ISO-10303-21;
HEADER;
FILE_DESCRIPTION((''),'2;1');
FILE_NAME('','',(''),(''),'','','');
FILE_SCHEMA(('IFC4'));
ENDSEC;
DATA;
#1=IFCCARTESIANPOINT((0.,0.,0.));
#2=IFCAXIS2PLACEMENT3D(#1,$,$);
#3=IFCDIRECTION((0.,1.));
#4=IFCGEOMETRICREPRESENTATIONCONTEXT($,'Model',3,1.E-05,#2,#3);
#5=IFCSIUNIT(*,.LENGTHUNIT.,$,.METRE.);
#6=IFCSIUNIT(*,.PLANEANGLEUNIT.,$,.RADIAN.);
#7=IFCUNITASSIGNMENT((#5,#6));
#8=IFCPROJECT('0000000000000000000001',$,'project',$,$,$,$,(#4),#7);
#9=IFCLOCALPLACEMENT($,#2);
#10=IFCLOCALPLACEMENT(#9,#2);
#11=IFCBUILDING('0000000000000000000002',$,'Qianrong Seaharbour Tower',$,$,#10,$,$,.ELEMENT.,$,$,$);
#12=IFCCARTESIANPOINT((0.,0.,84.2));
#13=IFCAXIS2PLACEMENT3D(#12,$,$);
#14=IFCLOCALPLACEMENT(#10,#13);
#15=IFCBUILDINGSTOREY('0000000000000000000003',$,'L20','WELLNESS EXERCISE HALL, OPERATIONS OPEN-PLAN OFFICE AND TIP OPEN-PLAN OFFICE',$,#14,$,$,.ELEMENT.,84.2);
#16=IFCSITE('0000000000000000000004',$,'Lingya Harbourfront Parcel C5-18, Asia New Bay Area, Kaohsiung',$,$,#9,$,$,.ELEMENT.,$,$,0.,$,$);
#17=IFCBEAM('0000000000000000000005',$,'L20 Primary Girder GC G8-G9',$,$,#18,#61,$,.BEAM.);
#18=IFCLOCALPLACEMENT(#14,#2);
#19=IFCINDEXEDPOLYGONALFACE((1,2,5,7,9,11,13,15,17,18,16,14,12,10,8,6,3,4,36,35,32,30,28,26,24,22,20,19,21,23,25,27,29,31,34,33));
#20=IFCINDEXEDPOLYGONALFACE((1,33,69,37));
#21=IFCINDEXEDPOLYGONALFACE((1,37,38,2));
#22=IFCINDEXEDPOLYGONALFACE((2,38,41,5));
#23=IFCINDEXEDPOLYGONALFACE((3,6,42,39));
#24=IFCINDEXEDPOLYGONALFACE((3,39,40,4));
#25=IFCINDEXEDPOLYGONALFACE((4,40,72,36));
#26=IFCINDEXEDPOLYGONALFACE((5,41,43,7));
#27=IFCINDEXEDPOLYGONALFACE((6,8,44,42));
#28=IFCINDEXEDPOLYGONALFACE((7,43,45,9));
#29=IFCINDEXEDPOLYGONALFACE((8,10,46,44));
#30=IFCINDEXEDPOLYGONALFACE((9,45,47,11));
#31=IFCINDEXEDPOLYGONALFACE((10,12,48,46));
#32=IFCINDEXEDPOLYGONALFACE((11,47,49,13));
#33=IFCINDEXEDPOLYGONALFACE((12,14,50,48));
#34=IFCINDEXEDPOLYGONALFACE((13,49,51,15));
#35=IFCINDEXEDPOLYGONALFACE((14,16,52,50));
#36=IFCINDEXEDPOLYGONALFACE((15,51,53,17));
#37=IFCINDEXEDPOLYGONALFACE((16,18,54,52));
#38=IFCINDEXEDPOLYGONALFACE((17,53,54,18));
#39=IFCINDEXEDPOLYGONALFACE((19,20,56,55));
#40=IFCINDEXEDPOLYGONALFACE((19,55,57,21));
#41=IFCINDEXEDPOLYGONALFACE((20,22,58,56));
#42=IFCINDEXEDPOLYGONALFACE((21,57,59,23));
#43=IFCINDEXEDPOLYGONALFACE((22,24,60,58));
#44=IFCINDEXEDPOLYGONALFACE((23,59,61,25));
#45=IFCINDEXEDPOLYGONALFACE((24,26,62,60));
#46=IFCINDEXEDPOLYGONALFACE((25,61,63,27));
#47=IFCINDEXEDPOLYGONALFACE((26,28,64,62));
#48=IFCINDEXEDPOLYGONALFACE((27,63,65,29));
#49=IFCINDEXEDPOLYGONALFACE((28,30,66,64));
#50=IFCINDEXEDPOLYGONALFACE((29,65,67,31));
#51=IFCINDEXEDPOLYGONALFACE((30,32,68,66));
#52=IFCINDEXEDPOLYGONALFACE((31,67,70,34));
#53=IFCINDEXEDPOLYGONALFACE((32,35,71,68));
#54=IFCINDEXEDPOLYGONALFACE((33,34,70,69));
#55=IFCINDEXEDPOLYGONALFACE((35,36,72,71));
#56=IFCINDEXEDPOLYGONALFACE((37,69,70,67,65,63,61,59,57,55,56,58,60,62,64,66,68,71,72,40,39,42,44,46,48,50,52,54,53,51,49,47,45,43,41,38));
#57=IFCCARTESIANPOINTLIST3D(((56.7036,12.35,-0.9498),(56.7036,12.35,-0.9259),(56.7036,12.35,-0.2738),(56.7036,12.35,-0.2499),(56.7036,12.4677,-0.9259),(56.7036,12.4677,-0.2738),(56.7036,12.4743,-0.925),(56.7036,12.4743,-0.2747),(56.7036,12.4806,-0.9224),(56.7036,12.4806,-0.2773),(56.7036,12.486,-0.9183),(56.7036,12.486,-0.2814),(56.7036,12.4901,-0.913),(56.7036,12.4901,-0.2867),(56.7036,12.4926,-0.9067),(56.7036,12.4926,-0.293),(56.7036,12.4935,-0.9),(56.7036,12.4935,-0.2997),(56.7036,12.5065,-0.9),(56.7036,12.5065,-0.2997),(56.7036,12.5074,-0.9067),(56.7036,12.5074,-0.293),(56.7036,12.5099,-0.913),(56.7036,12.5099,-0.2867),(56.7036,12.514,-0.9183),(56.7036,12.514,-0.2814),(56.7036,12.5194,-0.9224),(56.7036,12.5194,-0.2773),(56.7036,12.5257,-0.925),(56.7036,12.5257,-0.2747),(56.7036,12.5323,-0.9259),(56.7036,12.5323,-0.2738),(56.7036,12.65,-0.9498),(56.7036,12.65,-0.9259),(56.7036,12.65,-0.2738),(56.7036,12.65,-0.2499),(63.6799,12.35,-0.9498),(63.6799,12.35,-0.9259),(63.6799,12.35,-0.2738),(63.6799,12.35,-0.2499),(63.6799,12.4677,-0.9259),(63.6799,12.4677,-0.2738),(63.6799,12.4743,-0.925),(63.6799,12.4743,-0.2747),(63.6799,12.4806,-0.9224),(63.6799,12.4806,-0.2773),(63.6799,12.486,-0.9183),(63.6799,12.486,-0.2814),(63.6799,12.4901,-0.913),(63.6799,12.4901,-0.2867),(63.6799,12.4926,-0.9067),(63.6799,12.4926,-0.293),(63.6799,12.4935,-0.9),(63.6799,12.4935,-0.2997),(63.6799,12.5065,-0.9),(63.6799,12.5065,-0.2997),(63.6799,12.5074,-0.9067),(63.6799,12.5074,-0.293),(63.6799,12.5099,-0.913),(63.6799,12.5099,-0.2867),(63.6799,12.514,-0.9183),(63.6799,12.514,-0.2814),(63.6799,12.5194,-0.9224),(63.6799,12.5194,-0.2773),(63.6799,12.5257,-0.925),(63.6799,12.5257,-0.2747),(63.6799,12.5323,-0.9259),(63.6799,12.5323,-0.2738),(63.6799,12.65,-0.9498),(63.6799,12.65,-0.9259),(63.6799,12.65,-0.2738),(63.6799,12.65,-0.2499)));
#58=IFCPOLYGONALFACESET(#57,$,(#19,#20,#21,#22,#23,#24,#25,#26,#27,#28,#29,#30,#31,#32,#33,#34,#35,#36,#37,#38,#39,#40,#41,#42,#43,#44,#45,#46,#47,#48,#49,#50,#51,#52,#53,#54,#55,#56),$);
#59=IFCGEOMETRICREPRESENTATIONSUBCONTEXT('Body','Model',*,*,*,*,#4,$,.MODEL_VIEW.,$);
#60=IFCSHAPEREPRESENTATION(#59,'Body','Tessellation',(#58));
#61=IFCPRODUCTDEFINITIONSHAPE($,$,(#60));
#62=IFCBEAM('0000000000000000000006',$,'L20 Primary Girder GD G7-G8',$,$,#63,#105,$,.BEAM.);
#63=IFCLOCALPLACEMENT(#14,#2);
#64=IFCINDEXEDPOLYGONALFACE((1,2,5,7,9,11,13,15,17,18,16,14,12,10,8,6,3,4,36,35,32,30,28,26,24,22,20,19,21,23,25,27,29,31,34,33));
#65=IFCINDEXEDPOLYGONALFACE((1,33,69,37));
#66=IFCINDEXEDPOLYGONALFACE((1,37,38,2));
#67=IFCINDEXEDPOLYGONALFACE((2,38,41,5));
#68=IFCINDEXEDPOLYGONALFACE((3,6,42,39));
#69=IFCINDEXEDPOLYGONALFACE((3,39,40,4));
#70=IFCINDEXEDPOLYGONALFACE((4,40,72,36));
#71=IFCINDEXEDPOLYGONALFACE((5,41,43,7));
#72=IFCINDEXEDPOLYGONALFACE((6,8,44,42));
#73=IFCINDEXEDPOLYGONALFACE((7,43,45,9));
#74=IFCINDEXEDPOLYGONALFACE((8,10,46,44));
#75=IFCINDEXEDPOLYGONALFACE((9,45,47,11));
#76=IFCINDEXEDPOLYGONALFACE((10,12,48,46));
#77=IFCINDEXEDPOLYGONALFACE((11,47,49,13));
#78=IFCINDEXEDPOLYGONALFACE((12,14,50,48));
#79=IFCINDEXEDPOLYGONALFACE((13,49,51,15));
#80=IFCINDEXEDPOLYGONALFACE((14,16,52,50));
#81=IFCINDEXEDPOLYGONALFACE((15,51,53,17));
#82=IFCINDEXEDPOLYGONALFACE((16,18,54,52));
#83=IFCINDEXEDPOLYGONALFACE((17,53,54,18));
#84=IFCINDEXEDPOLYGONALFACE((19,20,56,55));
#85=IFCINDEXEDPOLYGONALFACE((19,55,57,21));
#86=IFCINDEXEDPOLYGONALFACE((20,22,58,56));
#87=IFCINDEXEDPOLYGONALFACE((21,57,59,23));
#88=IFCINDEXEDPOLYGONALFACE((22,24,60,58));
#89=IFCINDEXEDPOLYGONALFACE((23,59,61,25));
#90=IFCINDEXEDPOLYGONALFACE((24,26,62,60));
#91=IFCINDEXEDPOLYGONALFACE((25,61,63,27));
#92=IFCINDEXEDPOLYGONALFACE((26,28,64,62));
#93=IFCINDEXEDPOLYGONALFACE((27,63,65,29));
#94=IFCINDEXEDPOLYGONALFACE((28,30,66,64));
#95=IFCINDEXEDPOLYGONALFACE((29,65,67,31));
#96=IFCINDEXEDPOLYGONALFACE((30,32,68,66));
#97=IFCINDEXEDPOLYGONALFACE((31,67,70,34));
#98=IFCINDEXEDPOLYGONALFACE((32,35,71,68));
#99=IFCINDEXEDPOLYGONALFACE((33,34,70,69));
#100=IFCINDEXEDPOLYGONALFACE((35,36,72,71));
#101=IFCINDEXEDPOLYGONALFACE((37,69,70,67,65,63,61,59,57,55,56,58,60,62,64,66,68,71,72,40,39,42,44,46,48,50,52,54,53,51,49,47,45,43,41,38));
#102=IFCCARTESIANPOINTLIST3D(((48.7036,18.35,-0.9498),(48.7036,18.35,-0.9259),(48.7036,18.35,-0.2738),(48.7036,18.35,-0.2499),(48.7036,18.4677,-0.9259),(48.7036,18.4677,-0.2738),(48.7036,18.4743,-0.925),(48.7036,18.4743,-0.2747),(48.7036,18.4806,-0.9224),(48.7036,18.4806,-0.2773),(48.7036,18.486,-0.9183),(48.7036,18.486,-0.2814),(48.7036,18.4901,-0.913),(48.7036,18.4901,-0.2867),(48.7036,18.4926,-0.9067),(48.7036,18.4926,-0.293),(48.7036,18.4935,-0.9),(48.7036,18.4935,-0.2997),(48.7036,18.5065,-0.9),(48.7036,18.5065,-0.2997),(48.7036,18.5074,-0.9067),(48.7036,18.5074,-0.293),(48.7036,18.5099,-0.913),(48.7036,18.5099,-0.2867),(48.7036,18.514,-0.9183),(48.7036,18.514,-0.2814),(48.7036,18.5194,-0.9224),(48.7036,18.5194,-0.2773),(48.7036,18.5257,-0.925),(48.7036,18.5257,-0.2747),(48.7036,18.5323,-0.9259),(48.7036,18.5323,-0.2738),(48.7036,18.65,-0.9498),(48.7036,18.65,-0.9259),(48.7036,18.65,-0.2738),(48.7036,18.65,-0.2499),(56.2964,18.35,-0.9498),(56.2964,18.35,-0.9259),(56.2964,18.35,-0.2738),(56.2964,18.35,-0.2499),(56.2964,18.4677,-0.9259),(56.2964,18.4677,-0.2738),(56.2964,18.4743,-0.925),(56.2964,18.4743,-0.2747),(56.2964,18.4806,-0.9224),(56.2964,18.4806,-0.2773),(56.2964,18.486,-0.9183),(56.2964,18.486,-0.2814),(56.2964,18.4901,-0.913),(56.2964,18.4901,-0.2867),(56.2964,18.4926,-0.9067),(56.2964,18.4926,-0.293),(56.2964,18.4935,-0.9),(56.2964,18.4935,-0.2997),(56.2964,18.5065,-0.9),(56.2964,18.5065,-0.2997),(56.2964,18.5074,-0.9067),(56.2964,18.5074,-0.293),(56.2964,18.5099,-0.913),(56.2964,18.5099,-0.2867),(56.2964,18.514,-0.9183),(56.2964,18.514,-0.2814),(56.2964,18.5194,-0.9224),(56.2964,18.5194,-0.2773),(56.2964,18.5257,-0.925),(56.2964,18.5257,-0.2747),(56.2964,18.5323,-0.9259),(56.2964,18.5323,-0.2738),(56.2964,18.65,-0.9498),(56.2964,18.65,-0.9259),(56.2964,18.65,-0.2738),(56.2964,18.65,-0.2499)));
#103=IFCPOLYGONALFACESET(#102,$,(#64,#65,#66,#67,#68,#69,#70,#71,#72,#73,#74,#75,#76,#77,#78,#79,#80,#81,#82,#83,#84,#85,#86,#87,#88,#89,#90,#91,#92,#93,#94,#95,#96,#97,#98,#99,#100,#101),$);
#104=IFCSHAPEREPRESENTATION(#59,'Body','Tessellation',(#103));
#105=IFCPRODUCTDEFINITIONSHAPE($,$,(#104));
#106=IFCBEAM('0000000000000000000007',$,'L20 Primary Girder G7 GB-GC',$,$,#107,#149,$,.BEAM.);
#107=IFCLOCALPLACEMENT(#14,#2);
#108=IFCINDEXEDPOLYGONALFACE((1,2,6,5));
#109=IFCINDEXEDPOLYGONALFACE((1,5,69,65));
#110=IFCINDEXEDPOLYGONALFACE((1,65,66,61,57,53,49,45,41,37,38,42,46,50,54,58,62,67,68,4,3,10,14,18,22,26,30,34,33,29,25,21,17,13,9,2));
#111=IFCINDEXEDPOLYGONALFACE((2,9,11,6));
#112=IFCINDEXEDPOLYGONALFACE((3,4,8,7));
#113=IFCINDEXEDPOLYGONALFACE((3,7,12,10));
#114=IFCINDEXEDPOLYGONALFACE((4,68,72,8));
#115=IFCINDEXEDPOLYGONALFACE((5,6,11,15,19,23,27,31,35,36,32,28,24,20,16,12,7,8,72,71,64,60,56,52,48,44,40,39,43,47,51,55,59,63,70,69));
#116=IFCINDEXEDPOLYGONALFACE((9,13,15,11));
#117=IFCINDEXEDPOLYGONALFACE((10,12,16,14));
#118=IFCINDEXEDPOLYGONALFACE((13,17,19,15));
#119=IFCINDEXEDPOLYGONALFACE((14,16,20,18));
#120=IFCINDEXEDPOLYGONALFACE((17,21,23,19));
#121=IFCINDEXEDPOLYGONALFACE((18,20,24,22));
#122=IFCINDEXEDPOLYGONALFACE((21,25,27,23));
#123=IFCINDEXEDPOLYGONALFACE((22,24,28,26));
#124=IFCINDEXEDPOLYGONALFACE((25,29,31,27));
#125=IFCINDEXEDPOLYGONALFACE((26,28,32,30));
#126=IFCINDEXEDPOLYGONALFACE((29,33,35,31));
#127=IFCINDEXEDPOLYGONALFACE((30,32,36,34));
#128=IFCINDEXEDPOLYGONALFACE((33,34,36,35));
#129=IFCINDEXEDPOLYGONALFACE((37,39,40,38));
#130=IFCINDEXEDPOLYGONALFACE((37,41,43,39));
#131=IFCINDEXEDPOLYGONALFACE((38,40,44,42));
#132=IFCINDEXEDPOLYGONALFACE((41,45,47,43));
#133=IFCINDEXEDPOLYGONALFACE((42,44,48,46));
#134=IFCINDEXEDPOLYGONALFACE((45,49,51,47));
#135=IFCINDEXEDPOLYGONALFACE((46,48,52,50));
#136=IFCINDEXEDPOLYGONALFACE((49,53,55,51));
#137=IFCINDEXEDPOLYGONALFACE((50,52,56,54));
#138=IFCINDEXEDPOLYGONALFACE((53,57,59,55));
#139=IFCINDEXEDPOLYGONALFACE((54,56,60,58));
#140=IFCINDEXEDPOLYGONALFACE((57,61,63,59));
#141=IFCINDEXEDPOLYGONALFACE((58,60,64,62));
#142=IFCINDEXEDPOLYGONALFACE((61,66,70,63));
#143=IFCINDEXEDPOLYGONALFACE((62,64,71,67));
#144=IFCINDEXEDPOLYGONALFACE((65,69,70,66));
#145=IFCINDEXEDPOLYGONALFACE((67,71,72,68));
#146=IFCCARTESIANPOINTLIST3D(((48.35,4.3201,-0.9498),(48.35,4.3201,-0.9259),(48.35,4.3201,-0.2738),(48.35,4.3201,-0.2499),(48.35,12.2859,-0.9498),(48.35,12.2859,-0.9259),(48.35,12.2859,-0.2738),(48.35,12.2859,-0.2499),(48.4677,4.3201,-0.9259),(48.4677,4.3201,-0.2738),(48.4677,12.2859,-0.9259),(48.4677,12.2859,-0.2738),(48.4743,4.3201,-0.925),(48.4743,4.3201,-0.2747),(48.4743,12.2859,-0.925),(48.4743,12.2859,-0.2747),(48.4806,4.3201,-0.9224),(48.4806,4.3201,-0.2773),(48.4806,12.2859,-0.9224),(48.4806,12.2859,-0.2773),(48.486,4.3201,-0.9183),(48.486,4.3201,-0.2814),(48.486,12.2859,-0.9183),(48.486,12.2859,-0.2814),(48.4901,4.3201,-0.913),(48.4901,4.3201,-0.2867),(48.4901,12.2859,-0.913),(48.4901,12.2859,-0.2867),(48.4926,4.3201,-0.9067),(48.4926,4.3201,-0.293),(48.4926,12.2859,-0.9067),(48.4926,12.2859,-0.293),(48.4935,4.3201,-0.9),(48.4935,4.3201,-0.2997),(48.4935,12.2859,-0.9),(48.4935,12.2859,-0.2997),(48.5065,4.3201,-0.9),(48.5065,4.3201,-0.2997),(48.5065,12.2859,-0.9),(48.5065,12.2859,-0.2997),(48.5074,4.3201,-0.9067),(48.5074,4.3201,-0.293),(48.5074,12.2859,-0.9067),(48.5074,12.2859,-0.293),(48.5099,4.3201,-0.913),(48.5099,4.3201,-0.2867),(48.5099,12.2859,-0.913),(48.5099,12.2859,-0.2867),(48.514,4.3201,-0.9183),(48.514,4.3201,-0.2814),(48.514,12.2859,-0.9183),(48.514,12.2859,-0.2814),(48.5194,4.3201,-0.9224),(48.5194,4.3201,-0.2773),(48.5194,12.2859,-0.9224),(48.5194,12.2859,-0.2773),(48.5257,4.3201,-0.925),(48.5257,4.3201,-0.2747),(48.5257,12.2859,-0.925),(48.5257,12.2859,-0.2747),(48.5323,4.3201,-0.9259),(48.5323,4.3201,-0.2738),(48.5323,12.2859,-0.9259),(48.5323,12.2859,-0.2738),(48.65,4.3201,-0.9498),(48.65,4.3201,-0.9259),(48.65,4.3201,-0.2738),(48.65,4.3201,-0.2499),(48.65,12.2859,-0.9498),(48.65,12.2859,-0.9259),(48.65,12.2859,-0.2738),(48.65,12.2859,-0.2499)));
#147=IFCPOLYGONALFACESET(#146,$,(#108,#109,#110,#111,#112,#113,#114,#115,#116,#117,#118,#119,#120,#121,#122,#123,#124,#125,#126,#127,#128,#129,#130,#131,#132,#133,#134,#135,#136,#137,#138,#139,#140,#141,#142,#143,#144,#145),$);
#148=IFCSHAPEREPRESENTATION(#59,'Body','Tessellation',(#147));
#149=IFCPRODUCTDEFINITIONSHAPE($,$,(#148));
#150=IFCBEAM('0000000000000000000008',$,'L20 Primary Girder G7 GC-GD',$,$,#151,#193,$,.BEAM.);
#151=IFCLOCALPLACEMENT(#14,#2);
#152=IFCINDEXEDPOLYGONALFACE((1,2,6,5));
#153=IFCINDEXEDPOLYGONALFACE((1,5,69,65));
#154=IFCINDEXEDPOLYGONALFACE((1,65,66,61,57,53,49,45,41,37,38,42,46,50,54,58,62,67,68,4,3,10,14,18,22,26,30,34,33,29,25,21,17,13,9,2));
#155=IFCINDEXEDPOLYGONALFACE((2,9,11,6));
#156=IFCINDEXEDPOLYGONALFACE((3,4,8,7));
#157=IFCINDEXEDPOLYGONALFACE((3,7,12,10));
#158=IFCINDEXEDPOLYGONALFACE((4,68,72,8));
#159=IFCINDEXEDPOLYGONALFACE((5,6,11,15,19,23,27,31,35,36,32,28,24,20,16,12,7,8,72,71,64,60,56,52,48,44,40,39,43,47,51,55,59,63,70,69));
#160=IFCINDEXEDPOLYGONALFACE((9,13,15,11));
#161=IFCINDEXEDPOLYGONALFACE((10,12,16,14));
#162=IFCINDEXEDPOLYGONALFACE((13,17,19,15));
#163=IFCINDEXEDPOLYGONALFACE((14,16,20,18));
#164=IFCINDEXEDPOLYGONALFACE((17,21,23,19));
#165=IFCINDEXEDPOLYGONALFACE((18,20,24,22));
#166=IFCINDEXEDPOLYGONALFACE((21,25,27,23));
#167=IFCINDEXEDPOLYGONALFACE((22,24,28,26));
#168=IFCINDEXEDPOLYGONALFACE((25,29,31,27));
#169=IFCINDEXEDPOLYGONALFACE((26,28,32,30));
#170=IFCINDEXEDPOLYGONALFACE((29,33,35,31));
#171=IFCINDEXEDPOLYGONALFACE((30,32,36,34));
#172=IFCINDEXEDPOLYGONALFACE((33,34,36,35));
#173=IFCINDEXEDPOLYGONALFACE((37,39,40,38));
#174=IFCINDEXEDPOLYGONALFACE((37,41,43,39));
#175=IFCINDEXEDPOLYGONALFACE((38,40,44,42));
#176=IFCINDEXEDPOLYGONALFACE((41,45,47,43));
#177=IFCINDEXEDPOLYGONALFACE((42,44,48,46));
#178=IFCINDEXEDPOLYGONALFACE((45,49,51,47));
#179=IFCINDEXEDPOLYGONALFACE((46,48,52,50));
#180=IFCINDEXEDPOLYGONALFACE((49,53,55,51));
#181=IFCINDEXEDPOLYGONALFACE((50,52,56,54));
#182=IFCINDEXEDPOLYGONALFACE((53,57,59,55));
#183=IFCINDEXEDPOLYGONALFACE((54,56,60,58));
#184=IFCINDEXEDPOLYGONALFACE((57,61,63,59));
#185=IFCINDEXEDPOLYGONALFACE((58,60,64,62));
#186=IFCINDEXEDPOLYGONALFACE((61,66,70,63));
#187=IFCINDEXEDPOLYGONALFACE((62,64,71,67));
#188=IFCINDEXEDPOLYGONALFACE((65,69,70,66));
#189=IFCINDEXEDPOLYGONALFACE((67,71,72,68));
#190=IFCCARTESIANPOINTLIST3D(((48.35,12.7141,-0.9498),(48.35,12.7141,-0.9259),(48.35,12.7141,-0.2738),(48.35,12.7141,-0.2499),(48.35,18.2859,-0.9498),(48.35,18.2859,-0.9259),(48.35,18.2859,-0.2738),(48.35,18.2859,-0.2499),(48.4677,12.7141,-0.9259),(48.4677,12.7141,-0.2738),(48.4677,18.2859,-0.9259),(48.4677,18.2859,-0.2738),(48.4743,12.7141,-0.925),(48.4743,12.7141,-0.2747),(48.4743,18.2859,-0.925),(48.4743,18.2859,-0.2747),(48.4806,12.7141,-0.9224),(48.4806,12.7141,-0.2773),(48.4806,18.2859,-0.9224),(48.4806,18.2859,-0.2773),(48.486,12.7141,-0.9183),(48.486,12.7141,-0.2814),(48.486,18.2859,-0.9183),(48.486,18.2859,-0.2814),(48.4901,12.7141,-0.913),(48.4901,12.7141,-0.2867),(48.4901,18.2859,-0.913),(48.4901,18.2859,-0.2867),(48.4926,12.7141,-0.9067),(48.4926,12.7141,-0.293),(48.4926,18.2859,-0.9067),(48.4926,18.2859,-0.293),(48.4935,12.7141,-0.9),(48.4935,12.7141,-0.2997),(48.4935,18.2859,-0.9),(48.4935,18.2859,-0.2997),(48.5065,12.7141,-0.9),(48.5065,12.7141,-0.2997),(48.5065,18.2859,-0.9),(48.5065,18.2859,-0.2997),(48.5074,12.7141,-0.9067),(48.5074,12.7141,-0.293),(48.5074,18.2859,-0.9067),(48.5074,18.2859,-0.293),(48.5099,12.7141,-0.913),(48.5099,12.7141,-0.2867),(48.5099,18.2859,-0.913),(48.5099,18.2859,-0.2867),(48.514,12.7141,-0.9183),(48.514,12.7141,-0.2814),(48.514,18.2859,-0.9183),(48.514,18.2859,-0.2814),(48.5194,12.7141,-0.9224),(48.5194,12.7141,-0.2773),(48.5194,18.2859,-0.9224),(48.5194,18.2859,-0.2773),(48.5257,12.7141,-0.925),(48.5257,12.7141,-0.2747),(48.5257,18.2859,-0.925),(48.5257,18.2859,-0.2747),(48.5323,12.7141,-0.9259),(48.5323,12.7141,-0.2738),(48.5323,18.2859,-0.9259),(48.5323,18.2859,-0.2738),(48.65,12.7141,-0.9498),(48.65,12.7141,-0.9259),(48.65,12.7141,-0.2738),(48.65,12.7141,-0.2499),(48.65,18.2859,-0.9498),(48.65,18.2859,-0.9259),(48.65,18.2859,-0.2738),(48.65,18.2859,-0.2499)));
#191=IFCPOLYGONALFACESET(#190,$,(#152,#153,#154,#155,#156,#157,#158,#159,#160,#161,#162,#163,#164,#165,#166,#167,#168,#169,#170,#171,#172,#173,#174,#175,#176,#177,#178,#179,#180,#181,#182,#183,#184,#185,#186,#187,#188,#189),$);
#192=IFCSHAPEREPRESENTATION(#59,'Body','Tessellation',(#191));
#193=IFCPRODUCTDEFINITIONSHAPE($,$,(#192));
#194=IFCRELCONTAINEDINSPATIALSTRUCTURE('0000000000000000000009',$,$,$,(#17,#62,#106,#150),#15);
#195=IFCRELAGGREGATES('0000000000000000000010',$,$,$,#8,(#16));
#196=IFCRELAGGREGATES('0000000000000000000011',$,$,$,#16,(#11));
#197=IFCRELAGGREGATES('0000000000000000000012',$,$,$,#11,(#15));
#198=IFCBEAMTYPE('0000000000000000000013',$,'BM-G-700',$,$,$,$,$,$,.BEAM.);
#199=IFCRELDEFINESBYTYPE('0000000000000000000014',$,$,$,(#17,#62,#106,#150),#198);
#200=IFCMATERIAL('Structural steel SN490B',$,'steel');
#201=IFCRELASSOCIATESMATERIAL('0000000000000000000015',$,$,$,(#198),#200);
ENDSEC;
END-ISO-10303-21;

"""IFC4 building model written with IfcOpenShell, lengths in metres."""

from ifc_helpers import new_model, si_unit, direction, frame, origin, origin_2d, place, context, subcontext, project, spatial, i_section, extrude, material, material_profile, profile_set, type_object, element, save


model = new_model("IFC4")

# Units and contexts
model_context = context("Model", 3, precision=1e-05, world=origin(), true_north=direction((0.0, 1.0)))
body_context = subcontext(model_context, "Body", "Model", "MODEL_VIEW")
ifc_project = project(units=[si_unit("LENGTHUNIT", "METRE"), si_unit("PLANEANGLEUNIT", "RADIAN")], contexts=[model_context])

# Site, building, storey
site_placement = place(None, origin())
site = spatial("IfcSite", under=ifc_project, at=site_placement, Name="Lingya Harbourfront Parcel C5-18, Asia New Bay Area, Kaohsiung", CompositionType="ELEMENT", RefElevation=0.0)
building_placement = place(site_placement, origin())
building = spatial("IfcBuilding", under=site, at=building_placement, Name="Qianrong Seaharbour Tower", CompositionType="ELEMENT")
storey_placement = place(building_placement, frame((0.0, 0.0, 84.2)))
storey = spatial("IfcBuildingStorey", under=building, at=storey_placement, Name="L20", Description="WELLNESS EXERCISE HALL, OPERATIONS OPEN-PLAN OFFICE AND TIP OPEN-PLAN OFFICE", CompositionType="ELEMENT", Elevation=84.2)

# Shared definitions
ifc_material_1 = material(Name="Structural steel SN490B", Category="steel")

# Beams
ifc_material_profile_1 = material_profile(ifc_material_1, i_section(OverallWidth=0.3, OverallDepth=0.7, WebThickness=0.0129, FlangeThickness=0.0239, FilletRadius=0.0259, at=origin_2d()), Name="H700x300x13x24")
ifc_profile_set_1 = profile_set([ifc_material_profile_1], Name="Structural steel SN490B")
beam_type_1 = type_object("IfcBeamType", Name="BM-G-700", PredefinedType="BEAM", material=ifc_profile_set_1)
beam_1_placement = place(storey_placement, frame((56.7036, 12.5, -0.5999), z_axis=(1.0, 0.0, 0.0), x_axis=(0.0, 1.0, 0.0)))
element("IfcBeam", 1, at=beam_1_placement, inside=storey, type_object=beam_type_1, Name="L20 Primary Girder GC G8-G9", PredefinedType="BEAM", context=body_context, shape_type="SweptSolid", body=[
    extrude(i_section(OverallWidth=0.3, OverallDepth=0.7, WebThickness=0.0129, FlangeThickness=0.0239, FilletRadius=0.0259, at=origin_2d()), origin(), (0.0, 0.0, 1.0), 6.9763),
])
beam_2_placement = place(storey_placement, frame((48.7036, 18.5, -0.5999), z_axis=(1.0, 0.0, 0.0), x_axis=(0.0, 1.0, 0.0)))
element("IfcBeam", 2, at=beam_2_placement, inside=storey, type_object=beam_type_1, Name="L20 Primary Girder GD G7-G8", PredefinedType="BEAM", context=body_context, shape_type="SweptSolid", body=[
    extrude(i_section(OverallWidth=0.3, OverallDepth=0.7, WebThickness=0.0129, FlangeThickness=0.0239, FilletRadius=0.0259, at=origin_2d()), origin(), (0.0, 0.0, 1.0), 7.5928),
])
beam_3_placement = place(storey_placement, frame((48.5, 4.3201, -0.5999), z_axis=(0.0, 1.0, 0.0), x_axis=(-1.0, 0.0, 0.0)))
element("IfcBeam", 3, at=beam_3_placement, inside=storey, type_object=beam_type_1, Name="L20 Primary Girder G7 GB-GC", PredefinedType="BEAM", context=body_context, shape_type="SweptSolid", body=[
    extrude(i_section(OverallWidth=0.3, OverallDepth=0.7, WebThickness=0.0129, FlangeThickness=0.0239, FilletRadius=0.0259, at=origin_2d()), origin(), (0.0, 0.0, 1.0), 7.9658),
])
beam_4_placement = place(storey_placement, frame((48.5, 12.7141, -0.5999), z_axis=(0.0, 1.0, 0.0), x_axis=(-1.0, 0.0, 0.0)))
element("IfcBeam", 4, at=beam_4_placement, inside=storey, type_object=beam_type_1, Name="L20 Primary Girder G7 GC-GD", PredefinedType="BEAM", context=body_context, shape_type="SweptSolid", body=[
    extrude(i_section(OverallWidth=0.3, OverallDepth=0.7, WebThickness=0.0129, FlangeThickness=0.0239, FilletRadius=0.0259, at=origin_2d()), origin(), (0.0, 0.0, 1.0), 5.5718),
])

save(model, "model.ifc")
